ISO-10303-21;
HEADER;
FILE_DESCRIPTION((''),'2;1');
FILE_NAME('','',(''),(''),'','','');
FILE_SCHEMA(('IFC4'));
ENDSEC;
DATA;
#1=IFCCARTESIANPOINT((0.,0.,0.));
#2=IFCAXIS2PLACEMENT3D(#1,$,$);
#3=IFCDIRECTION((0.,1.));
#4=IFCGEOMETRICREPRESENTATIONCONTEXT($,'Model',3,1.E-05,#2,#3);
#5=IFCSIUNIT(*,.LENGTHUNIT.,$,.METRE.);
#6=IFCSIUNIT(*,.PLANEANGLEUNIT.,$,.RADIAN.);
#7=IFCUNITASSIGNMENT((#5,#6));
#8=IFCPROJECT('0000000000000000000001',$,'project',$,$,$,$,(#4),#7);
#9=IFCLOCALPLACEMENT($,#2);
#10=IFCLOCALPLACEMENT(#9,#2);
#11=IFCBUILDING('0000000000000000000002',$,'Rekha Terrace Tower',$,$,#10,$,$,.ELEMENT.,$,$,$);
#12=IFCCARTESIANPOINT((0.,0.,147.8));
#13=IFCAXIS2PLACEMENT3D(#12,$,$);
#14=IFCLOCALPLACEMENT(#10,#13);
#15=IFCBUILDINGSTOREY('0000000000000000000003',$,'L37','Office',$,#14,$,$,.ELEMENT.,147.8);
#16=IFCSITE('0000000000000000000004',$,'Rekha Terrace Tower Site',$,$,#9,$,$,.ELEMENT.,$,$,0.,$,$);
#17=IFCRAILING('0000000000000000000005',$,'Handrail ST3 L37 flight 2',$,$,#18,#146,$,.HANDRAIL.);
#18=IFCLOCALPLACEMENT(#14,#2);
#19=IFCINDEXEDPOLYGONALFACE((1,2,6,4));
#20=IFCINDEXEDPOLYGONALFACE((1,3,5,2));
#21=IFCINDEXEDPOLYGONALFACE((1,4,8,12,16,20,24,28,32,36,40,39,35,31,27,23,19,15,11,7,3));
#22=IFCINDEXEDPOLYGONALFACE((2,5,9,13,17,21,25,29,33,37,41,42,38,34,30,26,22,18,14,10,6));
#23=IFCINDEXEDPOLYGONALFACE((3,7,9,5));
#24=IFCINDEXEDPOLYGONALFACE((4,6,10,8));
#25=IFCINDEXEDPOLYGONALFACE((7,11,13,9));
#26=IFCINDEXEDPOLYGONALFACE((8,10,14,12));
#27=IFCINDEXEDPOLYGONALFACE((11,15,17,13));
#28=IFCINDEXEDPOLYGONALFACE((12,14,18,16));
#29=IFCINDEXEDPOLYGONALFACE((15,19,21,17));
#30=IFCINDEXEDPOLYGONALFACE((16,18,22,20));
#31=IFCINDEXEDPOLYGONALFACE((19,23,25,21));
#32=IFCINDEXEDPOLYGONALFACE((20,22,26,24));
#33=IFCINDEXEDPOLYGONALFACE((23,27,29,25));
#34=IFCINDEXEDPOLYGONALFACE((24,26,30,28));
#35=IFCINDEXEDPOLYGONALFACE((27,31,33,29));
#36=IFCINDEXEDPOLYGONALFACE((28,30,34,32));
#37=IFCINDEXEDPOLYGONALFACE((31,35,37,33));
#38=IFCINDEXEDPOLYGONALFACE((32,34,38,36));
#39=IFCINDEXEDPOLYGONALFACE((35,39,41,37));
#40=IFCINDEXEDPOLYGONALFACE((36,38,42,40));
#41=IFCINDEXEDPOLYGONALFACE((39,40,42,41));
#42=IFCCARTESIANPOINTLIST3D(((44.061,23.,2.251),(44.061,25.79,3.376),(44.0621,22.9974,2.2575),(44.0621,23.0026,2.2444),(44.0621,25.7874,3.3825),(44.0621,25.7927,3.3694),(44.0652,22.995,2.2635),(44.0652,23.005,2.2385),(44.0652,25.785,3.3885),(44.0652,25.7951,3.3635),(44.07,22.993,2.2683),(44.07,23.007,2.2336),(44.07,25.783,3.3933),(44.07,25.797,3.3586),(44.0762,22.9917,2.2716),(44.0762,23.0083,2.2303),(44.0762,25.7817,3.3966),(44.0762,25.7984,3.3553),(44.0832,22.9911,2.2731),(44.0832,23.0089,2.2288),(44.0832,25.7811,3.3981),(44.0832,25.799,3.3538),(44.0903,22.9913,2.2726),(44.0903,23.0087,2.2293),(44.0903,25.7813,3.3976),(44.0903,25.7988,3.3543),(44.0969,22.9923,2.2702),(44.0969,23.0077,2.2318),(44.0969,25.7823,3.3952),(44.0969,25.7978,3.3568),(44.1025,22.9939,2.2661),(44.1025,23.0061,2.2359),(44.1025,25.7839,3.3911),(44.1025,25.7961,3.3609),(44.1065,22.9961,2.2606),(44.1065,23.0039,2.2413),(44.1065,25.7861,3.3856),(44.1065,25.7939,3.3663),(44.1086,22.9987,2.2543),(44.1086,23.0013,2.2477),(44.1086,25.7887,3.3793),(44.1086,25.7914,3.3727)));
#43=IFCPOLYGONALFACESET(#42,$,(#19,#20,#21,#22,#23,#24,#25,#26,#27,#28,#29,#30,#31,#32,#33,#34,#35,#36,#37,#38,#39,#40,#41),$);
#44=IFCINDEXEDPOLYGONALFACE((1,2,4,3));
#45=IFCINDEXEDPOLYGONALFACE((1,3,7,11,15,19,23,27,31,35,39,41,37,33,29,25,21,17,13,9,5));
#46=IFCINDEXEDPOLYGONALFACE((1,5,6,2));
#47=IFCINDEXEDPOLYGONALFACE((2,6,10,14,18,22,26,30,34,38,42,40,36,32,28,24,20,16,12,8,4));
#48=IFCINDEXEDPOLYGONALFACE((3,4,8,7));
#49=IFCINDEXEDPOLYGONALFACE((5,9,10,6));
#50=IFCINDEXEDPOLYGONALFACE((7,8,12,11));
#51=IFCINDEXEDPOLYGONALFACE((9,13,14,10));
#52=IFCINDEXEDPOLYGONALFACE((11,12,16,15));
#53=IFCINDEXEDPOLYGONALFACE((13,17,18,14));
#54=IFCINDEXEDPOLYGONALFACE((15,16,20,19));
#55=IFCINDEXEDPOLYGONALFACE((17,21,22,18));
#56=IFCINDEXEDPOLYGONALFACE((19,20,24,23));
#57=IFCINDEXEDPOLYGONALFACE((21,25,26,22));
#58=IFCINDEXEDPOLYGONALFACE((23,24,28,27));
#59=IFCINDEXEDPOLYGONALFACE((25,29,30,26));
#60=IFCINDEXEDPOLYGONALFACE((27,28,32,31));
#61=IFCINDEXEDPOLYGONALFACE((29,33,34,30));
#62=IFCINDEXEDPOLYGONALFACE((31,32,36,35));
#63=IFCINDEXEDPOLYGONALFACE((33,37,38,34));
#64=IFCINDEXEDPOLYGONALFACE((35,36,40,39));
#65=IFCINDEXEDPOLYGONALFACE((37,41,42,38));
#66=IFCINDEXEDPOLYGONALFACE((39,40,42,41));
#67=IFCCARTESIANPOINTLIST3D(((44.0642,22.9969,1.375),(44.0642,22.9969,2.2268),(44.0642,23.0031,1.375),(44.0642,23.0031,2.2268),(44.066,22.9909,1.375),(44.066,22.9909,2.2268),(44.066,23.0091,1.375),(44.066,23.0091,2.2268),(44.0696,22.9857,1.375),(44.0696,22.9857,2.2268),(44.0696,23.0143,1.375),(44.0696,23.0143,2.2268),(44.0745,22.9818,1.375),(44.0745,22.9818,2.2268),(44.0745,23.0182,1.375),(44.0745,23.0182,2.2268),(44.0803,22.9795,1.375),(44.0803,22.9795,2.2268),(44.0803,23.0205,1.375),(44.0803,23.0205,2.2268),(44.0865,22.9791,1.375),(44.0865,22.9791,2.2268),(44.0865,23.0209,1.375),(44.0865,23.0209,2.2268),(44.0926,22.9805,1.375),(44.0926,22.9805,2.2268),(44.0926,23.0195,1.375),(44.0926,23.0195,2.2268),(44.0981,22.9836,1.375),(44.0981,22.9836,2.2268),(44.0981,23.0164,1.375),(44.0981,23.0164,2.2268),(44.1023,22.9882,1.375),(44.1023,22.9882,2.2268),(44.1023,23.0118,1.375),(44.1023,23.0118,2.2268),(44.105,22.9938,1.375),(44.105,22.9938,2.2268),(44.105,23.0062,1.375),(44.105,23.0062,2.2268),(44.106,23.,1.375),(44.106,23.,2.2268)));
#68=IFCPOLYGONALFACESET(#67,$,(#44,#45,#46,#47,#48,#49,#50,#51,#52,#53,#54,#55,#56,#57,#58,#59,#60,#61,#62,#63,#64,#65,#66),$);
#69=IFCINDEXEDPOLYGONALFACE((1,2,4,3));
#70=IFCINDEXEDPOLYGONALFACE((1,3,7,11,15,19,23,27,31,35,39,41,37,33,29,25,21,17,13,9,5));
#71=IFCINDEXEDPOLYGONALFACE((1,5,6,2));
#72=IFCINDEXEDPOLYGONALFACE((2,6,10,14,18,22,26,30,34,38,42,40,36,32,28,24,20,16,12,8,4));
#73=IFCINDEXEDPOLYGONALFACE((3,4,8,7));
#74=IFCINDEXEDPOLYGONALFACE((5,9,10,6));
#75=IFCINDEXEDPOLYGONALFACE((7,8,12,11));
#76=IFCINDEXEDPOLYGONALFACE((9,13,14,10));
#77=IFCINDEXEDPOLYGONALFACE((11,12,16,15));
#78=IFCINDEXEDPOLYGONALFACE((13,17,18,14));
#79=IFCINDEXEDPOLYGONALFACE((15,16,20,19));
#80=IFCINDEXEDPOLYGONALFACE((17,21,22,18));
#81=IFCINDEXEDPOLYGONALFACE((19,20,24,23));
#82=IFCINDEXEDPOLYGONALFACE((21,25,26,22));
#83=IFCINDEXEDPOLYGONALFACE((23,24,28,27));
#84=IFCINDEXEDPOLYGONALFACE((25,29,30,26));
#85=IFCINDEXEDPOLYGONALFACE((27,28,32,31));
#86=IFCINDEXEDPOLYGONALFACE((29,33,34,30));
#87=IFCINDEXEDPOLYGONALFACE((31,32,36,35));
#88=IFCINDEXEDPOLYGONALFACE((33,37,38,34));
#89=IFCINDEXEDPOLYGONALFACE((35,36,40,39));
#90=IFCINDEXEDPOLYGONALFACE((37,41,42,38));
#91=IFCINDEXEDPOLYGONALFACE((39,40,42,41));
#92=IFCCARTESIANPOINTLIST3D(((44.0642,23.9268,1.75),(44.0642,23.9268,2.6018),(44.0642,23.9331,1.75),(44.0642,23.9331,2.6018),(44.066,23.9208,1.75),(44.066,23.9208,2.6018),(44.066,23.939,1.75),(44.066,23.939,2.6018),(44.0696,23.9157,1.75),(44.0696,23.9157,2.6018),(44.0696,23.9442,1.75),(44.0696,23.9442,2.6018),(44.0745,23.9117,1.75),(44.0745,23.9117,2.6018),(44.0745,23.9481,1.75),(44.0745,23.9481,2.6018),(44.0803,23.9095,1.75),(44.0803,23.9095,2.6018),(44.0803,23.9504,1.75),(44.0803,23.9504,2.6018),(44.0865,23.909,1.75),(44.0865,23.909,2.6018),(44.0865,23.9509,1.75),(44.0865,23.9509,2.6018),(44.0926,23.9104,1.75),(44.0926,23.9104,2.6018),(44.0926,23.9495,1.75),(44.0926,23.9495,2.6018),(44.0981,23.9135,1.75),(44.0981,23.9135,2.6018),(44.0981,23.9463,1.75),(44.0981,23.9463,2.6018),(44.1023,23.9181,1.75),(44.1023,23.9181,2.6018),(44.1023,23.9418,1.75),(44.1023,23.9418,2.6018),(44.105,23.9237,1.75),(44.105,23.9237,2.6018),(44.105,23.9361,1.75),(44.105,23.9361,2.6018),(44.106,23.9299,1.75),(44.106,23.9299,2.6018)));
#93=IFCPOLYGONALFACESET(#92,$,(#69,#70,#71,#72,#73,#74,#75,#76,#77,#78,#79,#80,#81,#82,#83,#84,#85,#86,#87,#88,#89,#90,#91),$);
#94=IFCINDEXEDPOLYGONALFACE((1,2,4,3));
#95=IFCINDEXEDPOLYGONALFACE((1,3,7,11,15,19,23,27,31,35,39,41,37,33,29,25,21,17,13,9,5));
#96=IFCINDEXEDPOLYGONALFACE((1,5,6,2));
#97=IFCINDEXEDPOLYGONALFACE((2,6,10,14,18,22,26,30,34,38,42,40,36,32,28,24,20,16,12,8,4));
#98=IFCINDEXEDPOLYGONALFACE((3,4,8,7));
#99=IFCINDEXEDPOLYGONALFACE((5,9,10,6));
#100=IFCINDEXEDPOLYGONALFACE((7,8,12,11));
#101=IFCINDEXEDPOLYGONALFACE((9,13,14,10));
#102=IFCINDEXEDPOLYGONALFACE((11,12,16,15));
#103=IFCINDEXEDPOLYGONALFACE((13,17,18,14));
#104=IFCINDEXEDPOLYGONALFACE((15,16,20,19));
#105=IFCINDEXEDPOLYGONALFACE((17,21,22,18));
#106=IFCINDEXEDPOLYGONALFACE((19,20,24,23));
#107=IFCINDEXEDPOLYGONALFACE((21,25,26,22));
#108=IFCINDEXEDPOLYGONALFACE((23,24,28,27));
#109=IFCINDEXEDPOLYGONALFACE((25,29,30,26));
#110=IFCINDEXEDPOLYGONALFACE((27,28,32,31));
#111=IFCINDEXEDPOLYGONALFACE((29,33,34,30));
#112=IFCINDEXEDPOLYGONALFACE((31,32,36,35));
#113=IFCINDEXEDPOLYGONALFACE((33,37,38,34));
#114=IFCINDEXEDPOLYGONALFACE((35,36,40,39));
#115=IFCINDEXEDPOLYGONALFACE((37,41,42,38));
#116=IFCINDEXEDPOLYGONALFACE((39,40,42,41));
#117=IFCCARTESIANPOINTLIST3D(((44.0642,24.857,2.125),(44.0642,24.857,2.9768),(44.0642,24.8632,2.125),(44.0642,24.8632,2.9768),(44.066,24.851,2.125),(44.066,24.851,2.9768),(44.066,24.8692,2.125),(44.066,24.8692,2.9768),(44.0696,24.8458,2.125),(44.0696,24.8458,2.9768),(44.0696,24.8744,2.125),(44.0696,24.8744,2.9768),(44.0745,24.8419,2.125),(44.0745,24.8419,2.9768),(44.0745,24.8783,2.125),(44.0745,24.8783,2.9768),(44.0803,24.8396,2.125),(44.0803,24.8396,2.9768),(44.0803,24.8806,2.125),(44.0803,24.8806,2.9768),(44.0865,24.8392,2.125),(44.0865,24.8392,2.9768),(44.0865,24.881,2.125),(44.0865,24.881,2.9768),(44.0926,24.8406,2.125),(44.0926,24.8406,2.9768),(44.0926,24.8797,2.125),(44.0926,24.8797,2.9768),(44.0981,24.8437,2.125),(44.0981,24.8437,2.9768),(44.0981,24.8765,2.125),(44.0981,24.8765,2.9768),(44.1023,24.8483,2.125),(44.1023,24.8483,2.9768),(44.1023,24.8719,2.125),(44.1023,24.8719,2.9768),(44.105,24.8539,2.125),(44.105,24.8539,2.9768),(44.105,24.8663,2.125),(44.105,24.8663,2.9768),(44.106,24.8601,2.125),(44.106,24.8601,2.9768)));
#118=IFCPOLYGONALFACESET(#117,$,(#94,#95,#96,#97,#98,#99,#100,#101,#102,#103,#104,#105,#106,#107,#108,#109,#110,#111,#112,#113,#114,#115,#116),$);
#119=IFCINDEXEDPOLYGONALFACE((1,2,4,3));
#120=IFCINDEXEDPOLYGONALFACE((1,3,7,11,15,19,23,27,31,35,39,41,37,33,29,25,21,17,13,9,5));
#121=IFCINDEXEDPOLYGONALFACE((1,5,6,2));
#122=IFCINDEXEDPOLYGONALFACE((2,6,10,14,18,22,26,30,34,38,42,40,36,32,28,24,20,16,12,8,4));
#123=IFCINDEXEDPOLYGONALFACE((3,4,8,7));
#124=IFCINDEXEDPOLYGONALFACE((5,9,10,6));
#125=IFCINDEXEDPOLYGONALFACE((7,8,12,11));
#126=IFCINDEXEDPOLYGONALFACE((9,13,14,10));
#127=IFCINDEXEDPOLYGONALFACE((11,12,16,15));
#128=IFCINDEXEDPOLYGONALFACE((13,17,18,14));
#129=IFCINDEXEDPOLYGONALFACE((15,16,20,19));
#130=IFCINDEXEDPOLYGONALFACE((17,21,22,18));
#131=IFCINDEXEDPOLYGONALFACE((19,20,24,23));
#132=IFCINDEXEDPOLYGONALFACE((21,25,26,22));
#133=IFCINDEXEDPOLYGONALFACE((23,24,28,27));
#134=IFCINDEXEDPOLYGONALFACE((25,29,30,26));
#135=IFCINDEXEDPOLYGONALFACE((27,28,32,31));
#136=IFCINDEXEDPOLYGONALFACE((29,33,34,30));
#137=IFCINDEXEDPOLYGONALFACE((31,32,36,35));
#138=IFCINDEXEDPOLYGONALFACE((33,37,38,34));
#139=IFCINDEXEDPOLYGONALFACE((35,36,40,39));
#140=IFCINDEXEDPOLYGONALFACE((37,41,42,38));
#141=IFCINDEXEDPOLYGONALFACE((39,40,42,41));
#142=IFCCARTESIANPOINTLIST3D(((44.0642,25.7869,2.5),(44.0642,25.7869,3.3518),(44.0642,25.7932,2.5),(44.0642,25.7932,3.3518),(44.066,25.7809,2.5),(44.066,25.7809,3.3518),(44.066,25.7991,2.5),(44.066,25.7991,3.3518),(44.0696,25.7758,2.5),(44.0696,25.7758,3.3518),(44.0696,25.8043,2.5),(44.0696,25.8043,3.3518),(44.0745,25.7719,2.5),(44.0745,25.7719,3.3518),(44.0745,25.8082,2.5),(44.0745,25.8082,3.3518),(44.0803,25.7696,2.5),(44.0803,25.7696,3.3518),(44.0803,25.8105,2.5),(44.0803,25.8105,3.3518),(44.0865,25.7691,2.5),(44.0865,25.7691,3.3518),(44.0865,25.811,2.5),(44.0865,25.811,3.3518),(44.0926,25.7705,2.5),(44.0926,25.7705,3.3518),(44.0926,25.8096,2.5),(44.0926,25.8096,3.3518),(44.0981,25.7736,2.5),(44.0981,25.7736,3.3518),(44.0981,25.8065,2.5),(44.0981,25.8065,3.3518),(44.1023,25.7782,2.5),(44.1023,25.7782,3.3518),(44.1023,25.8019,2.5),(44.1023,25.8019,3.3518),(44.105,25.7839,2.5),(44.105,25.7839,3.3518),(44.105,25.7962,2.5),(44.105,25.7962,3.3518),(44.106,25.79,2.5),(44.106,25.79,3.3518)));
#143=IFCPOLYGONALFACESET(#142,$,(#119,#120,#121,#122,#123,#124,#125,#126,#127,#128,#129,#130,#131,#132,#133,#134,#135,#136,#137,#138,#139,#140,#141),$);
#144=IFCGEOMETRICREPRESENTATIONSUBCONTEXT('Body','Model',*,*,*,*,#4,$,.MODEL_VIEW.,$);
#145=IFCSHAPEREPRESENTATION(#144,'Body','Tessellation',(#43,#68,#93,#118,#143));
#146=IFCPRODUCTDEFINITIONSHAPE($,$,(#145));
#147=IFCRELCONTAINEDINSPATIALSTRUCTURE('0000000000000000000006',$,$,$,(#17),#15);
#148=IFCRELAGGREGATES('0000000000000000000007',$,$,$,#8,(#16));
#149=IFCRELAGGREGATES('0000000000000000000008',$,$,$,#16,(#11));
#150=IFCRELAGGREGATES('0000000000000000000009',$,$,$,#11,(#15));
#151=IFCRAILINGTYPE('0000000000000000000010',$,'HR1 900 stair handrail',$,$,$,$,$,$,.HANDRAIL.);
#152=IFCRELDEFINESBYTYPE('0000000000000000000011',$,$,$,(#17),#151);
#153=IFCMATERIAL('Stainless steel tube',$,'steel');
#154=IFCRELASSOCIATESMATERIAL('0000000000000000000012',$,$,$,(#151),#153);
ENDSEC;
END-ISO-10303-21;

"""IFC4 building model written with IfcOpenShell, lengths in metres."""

from ifc_helpers import new_model, si_unit, direction, frame, origin, origin_2d, place, context, subcontext, project, spatial, circle, extrude, material, type_object, element, save


model = new_model("IFC4")

# Units and contexts
model_context = context("Model", 3, precision=1e-05, world=origin(), true_north=direction((0.0, 1.0)))
body_context = subcontext(model_context, "Body", "Model", "MODEL_VIEW")
ifc_project = project(units=[si_unit("LENGTHUNIT", "METRE"), si_unit("PLANEANGLEUNIT", "RADIAN")], contexts=[model_context])

# Site, building, storey
site_placement = place(None, origin())
site = spatial("IfcSite", under=ifc_project, at=site_placement, Name="Rekha Terrace Tower Site", CompositionType="ELEMENT", RefElevation=0.0)
building_placement = place(site_placement, origin())
building = spatial("IfcBuilding", under=site, at=building_placement, Name="Rekha Terrace Tower", CompositionType="ELEMENT")
storey_placement = place(building_placement, frame((0.0, 0.0, 147.8)))
storey = spatial("IfcBuildingStorey", under=building, at=storey_placement, Name="L37", Description="Office", CompositionType="ELEMENT", Elevation=147.8)

# Railing
ifc_material_1 = material(Name="Stainless steel tube", Category="steel")
railing_type_1 = type_object("IfcRailingType", Name="HR1 900 stair handrail", PredefinedType="HANDRAIL", material=ifc_material_1)
railing_1_placement = place(storey_placement, frame((44.085, 23.0, 1.375)))
element("IfcRailing", 1, at=railing_1_placement, inside=storey, type_object=railing_type_1, Name="Handrail ST3 L37 flight 2", PredefinedType="HANDRAIL", context=body_context, shape_type="SweptSolid", body=[
    extrude(circle(Radius=0.0239, at=origin_2d()), frame((0.0, 0.0, 0.876), z_axis=(0.0, 0.927443, 0.373964), x_axis=(-1.0, 0.0, 0.0)), (0.0, 0.0, 1.0), 3.0083),
    extrude(circle(Radius=0.021, at=origin_2d()), origin(), (0.0, 0.0, 1.0), 0.8518),
    extrude(circle(Radius=0.021, at=origin_2d()), frame((0.0, 0.9299, 0.375)), (0.0, 0.0, 1.0), 0.8518),
    extrude(circle(Radius=0.021, at=origin_2d()), frame((0.0, 1.8601, 0.75)), (0.0, 0.0, 1.0), 0.8518),
    extrude(circle(Radius=0.021, at=origin_2d()), frame((0.0, 2.79, 1.125)), (0.0, 0.0, 1.0), 0.8518),
])

save(model, "model.ifc")
